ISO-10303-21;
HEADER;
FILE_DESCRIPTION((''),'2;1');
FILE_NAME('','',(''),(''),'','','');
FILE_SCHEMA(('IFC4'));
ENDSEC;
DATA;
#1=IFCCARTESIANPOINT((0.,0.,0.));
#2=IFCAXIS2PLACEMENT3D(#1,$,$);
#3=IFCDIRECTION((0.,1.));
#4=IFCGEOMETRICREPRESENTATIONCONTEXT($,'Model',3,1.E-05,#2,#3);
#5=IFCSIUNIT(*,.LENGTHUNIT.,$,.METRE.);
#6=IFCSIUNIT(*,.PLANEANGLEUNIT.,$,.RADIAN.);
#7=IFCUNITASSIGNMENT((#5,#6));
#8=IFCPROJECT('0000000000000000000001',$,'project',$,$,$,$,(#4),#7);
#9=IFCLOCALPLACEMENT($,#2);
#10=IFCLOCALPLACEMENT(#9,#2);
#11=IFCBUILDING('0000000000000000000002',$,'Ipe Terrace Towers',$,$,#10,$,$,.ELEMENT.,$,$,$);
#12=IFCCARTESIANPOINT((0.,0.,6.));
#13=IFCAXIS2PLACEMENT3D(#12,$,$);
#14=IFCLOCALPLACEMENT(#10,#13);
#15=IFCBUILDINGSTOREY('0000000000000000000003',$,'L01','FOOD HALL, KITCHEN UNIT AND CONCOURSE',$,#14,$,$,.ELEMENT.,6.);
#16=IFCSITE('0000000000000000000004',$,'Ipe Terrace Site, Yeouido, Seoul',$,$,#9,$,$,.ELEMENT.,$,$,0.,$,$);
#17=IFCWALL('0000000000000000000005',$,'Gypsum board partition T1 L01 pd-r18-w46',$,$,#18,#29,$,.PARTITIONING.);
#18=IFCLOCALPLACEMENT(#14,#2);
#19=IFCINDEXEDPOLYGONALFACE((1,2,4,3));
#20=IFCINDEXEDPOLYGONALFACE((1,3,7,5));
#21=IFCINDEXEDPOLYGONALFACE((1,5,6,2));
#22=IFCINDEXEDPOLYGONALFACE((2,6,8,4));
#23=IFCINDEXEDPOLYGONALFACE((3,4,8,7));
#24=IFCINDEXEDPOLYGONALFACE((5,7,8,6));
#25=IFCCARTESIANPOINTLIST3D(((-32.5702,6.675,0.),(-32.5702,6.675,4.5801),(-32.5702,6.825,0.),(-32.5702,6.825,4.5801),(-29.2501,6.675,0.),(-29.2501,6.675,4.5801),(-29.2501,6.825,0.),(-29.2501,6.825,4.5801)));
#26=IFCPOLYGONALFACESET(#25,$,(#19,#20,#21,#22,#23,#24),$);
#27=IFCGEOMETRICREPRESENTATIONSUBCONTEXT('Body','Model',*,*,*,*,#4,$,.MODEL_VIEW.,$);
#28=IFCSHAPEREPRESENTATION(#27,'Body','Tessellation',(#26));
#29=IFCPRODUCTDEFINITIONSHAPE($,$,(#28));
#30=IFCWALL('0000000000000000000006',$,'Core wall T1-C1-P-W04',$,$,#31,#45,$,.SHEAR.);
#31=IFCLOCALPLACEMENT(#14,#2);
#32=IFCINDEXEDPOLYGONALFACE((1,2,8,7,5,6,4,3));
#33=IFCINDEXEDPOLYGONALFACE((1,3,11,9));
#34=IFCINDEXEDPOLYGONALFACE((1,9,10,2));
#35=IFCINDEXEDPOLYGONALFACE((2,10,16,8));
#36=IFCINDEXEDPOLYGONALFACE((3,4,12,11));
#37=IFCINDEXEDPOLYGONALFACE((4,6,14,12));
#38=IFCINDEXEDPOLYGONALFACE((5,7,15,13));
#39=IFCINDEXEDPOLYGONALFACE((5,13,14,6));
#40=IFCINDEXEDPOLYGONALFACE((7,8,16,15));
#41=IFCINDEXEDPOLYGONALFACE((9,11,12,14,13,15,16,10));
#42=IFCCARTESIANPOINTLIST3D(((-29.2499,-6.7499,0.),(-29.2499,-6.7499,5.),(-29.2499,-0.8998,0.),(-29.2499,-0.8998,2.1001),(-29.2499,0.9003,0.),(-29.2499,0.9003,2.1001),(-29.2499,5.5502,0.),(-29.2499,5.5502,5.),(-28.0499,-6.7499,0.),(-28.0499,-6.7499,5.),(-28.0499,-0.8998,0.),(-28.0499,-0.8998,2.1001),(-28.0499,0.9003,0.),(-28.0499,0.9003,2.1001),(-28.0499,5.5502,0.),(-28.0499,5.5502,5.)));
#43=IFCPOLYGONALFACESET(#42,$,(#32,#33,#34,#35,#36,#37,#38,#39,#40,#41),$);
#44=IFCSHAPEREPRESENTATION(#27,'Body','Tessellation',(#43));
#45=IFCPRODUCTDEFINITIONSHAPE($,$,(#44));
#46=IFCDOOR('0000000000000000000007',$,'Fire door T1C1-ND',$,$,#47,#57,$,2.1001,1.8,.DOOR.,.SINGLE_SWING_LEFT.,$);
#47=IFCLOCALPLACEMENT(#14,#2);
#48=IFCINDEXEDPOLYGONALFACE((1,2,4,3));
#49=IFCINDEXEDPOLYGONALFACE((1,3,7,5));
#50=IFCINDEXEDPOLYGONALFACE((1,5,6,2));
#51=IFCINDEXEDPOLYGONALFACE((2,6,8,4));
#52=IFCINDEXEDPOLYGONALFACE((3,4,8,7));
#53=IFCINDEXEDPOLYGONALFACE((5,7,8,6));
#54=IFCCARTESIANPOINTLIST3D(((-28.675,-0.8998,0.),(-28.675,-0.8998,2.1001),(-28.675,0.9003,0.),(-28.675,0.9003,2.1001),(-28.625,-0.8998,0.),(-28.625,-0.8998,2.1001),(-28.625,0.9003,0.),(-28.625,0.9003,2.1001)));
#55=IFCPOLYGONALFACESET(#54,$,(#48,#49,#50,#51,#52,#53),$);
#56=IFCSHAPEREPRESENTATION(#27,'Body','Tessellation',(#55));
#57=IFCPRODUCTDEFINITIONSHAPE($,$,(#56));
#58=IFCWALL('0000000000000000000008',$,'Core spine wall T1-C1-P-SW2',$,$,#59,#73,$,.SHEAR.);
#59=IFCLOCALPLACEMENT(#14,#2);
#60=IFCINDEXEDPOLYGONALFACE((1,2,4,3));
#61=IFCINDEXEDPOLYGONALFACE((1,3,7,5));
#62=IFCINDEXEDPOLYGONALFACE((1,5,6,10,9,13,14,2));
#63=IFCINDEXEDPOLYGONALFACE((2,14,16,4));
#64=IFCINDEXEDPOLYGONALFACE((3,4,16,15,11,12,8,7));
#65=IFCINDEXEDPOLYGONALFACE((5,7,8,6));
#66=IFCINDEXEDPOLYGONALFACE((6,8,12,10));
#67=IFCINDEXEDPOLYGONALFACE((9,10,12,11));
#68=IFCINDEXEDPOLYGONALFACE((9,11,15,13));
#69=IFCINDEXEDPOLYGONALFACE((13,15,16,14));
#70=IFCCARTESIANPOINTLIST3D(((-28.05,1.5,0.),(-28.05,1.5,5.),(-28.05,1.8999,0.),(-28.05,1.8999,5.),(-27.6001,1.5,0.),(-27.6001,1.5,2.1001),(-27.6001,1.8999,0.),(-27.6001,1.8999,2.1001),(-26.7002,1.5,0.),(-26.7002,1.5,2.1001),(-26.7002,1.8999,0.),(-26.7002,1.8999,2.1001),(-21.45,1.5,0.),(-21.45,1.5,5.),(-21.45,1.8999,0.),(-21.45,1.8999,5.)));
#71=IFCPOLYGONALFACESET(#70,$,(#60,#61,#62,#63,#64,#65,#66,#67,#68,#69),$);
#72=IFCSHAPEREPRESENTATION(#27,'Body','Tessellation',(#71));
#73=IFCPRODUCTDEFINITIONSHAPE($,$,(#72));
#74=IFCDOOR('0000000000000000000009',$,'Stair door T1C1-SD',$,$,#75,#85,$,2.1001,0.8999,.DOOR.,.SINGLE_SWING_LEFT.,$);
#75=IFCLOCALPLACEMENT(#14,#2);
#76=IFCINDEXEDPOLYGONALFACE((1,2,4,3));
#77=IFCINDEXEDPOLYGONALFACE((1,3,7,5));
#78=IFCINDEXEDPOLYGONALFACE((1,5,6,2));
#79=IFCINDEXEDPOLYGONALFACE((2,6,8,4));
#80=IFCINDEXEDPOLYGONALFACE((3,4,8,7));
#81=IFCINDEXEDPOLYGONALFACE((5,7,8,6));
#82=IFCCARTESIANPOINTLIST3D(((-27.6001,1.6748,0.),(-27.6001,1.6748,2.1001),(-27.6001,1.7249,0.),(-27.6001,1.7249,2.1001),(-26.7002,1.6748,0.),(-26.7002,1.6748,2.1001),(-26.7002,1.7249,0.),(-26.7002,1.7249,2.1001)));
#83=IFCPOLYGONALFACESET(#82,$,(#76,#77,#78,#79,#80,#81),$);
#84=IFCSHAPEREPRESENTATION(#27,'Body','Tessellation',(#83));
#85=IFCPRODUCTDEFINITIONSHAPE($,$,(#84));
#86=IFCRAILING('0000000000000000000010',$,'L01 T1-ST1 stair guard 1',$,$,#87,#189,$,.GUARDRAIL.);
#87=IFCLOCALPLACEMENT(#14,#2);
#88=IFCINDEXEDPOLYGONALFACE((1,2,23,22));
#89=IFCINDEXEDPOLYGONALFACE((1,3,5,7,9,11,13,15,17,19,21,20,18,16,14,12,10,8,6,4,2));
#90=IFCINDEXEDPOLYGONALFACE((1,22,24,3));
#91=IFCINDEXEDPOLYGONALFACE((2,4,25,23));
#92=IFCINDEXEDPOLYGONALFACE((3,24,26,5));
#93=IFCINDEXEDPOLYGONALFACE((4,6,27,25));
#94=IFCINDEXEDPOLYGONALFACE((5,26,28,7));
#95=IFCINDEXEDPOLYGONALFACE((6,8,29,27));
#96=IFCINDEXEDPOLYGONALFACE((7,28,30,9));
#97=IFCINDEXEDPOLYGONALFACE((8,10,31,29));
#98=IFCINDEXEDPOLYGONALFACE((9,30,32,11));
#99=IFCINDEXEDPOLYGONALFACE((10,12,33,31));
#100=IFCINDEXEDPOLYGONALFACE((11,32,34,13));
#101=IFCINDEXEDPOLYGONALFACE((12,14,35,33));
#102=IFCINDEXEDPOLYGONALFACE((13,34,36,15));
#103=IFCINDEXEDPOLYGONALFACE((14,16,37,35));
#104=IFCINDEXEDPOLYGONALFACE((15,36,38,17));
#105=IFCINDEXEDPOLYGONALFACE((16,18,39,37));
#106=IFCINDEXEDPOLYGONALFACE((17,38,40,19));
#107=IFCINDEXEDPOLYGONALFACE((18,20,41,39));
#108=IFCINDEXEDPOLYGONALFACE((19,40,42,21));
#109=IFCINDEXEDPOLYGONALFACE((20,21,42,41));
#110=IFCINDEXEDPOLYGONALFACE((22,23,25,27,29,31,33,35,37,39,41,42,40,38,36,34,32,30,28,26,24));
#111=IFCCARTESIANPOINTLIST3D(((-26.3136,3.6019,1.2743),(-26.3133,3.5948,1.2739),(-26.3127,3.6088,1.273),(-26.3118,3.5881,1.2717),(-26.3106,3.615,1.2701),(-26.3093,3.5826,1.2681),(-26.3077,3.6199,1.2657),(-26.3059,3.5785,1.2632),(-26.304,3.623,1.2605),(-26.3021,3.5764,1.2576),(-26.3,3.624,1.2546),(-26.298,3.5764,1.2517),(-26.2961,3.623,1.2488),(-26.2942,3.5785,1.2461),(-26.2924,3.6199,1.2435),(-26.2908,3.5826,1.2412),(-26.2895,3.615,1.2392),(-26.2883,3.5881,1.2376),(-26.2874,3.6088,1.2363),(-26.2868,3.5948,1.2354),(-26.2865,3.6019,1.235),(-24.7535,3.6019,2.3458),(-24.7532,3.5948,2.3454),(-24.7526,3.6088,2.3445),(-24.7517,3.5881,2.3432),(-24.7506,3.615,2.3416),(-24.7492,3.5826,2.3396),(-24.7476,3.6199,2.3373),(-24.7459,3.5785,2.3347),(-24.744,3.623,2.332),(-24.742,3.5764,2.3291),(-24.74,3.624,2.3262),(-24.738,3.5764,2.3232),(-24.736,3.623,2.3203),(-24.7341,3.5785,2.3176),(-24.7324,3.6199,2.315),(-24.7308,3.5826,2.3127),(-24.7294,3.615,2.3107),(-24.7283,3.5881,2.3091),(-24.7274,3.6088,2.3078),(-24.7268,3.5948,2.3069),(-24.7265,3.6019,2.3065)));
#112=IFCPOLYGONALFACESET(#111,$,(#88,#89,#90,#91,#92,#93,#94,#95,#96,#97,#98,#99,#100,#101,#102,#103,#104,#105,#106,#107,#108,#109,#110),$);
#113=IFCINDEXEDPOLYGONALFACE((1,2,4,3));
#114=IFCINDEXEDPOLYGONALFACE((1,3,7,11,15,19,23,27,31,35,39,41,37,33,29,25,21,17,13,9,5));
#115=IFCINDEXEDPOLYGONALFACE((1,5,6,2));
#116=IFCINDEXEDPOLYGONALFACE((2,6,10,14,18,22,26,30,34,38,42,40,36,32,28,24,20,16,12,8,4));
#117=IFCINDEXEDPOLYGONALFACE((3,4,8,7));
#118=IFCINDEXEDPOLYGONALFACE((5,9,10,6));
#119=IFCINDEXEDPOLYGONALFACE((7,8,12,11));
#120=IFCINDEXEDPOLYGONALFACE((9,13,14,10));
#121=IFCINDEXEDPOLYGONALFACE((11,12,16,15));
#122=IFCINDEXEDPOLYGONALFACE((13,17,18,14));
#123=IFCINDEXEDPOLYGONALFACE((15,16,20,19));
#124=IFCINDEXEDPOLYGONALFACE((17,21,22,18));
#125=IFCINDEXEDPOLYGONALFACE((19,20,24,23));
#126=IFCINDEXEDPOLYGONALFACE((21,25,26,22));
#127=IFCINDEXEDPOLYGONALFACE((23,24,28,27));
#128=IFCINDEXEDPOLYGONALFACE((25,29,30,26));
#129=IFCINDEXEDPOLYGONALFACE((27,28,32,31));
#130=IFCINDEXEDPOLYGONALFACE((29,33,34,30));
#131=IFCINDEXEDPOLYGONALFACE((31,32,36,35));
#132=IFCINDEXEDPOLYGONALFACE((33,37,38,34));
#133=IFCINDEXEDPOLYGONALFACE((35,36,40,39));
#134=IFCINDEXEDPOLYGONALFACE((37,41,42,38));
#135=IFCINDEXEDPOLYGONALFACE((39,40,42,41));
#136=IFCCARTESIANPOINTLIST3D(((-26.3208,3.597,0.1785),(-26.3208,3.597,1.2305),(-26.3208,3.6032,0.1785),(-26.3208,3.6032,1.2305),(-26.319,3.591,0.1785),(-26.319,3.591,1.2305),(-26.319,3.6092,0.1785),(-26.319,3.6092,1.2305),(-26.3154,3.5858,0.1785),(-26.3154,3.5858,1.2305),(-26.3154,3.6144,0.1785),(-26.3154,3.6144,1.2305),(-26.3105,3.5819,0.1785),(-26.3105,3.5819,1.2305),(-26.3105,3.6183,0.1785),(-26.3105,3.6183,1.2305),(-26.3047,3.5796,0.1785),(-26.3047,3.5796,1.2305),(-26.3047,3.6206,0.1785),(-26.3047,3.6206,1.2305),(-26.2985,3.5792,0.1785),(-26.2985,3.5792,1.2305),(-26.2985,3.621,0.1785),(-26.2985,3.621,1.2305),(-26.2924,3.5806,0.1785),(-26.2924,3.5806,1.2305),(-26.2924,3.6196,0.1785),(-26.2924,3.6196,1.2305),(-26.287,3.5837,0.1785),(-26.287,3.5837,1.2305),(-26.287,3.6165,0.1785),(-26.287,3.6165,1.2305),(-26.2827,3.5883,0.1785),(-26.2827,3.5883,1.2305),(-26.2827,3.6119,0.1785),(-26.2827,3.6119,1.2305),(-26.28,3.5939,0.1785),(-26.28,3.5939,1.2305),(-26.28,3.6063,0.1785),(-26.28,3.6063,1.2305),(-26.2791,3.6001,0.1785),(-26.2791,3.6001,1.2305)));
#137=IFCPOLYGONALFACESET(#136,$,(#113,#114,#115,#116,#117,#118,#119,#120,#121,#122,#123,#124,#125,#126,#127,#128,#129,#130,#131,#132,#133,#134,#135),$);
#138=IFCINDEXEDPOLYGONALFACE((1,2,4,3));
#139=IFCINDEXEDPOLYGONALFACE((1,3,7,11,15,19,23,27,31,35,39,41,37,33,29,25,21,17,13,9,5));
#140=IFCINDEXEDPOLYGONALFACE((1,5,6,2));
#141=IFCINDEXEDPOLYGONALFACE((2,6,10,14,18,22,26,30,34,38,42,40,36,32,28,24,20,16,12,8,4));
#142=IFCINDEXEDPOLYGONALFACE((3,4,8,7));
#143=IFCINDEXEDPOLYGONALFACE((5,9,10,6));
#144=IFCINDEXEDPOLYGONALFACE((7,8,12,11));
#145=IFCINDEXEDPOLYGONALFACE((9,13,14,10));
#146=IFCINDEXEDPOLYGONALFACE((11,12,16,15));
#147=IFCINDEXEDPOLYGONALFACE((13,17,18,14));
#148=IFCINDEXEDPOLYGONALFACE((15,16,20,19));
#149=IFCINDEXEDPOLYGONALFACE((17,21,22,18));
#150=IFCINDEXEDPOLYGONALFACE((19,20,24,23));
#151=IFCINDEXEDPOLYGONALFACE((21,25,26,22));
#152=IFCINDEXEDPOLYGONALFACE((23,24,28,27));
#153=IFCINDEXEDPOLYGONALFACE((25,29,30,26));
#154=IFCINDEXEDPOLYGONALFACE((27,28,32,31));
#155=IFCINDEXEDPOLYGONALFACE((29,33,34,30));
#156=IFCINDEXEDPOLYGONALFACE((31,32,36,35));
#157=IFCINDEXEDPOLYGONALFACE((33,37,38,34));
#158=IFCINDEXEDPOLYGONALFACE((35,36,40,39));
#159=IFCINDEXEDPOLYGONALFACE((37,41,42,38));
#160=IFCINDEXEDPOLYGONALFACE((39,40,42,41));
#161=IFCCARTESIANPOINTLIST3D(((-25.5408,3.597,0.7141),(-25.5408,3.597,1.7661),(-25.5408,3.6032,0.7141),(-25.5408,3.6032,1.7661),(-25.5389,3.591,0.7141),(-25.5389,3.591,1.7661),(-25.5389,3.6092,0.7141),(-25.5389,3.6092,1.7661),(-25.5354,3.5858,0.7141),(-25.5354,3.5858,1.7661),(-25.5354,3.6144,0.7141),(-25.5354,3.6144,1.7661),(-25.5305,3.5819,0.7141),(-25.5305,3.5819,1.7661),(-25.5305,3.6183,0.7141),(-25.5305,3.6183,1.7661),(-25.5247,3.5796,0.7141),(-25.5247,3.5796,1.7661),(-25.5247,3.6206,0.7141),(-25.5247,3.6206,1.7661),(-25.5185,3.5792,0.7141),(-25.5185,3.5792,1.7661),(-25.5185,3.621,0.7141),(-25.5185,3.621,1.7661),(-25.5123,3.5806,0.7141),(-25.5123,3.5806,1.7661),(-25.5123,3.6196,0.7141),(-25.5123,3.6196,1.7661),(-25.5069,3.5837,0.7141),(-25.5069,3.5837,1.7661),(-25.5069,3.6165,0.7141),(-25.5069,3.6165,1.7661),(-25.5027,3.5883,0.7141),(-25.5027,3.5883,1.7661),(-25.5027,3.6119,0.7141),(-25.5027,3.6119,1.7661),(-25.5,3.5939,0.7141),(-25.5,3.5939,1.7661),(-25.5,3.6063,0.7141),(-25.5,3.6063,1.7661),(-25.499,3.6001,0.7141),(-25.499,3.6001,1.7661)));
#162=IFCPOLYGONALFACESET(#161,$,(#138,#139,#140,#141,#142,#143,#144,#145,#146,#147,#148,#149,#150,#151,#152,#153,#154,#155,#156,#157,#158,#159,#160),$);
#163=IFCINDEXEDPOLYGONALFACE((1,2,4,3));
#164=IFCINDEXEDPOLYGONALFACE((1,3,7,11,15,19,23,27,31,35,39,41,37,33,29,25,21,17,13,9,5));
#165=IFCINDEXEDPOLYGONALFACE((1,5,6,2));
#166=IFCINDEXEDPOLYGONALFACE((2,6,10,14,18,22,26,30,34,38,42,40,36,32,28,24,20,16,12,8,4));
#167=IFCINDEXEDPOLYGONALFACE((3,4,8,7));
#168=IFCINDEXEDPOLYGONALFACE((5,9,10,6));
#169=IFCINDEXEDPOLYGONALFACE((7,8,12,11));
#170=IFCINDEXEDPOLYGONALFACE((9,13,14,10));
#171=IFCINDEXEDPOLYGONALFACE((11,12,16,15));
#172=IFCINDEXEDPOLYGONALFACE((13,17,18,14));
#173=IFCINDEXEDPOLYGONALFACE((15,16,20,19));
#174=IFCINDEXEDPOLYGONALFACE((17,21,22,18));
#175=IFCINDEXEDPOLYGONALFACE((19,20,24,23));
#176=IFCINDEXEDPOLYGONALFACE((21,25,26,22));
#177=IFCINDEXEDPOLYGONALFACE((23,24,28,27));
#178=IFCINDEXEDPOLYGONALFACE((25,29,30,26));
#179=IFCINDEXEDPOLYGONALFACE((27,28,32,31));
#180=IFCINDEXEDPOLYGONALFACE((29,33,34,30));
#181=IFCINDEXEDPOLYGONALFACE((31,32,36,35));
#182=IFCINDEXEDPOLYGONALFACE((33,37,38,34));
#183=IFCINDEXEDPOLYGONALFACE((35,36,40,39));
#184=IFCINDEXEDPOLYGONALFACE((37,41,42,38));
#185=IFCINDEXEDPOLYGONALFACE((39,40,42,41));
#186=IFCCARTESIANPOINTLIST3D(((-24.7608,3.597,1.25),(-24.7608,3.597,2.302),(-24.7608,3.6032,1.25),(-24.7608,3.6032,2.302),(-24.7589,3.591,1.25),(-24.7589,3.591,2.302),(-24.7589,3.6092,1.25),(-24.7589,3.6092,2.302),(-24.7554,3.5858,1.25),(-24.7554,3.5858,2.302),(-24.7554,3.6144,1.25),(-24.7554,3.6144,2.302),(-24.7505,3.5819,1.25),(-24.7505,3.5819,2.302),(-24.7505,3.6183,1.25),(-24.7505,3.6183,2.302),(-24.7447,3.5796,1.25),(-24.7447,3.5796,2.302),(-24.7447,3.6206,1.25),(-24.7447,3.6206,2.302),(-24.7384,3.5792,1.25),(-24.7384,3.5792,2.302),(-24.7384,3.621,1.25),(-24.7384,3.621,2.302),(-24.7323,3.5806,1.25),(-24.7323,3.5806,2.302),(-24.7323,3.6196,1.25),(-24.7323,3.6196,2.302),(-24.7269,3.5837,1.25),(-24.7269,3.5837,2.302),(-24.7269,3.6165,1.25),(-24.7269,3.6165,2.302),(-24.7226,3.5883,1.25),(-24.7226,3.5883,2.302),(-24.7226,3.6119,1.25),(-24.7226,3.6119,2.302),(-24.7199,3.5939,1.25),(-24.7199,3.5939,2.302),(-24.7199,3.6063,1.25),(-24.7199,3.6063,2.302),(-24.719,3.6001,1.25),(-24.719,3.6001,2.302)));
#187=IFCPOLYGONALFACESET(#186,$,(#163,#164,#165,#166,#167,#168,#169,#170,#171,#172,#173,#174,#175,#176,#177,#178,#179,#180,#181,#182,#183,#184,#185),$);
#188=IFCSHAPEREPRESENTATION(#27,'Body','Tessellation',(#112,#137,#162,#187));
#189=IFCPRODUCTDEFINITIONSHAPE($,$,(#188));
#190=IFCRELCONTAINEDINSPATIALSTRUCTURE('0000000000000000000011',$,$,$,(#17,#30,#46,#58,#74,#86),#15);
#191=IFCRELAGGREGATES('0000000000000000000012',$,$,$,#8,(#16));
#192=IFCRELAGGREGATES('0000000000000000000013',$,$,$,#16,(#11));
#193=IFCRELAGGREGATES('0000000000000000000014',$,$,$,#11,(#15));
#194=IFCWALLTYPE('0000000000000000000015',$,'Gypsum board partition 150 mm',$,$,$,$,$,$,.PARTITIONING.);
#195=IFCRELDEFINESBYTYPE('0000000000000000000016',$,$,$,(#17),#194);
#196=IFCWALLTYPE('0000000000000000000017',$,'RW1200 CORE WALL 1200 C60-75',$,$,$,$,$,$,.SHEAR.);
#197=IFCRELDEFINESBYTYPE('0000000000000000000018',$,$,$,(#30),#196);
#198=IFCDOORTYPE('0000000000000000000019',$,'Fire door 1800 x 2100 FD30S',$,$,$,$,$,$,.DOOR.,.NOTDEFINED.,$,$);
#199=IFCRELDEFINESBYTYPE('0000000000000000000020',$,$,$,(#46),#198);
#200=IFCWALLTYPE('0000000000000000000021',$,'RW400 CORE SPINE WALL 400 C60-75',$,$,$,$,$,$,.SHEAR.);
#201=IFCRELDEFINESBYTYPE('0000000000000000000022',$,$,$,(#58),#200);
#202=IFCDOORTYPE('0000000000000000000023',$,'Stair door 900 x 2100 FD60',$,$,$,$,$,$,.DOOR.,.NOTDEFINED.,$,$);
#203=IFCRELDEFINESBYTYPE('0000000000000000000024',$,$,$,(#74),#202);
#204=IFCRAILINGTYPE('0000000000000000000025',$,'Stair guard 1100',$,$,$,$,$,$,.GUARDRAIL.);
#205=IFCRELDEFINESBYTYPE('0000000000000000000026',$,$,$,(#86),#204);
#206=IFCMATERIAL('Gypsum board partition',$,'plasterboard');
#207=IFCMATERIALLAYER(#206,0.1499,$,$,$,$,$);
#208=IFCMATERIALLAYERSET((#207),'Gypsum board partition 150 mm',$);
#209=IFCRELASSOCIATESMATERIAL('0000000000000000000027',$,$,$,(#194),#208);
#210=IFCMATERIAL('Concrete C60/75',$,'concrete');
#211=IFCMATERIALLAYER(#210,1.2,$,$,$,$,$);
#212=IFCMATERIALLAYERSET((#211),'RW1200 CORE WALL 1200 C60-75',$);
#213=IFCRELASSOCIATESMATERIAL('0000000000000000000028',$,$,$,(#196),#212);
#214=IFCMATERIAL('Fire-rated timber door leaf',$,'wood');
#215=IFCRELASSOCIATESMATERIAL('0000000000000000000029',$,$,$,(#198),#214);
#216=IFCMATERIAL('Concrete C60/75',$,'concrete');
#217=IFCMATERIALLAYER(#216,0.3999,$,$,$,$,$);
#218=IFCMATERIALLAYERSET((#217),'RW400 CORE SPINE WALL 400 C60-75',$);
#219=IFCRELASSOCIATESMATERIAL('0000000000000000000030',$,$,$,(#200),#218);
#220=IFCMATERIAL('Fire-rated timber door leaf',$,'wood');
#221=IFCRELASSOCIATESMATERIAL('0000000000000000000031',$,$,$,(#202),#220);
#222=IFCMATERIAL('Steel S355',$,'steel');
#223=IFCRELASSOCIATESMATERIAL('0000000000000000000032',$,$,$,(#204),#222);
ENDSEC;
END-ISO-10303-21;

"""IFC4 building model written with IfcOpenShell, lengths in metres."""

from ifc_helpers import new_model, si_unit, direction, frame, frame_2d, origin, origin_2d, place, context, subcontext, project, spatial, rectangle, circle, extrude, material, layer, layer_set, type_object, element, fill, save


model = new_model("IFC4")

# Units and contexts
model_context = context("Model", 3, precision=1e-05, world=origin(), true_north=direction((0.0, 1.0)))
body_context = subcontext(model_context, "Body", "Model", "MODEL_VIEW")
ifc_project = project(units=[si_unit("LENGTHUNIT", "METRE"), si_unit("PLANEANGLEUNIT", "RADIAN")], contexts=[model_context])

# Site, building, storey
site_placement = place(None, origin())
site = spatial("IfcSite", under=ifc_project, at=site_placement, Name="Ipe Terrace Site, Yeouido, Seoul", CompositionType="ELEMENT", RefElevation=0.0)
building_placement = place(site_placement, origin())
building = spatial("IfcBuilding", under=site, at=building_placement, Name="Ipe Terrace Towers", CompositionType="ELEMENT")
storey_placement = place(building_placement, frame((0.0, 0.0, 6.0)))
storey = spatial("IfcBuildingStorey", under=building, at=storey_placement, Name="L01", Description="FOOD HALL, KITCHEN UNIT AND CONCOURSE", CompositionType="ELEMENT", Elevation=6.0)

# Wall
ifc_material_1 = material(Name="Gypsum board partition", Category="plasterboard")
ifc_layer_1 = layer(ifc_material_1, 0.1499)
ifc_layer_set_1 = layer_set([ifc_layer_1], Name="Gypsum board partition 150 mm")
wall_type_1 = type_object("IfcWallType", Name="Gypsum board partition 150 mm", PredefinedType="PARTITIONING", material=ifc_layer_set_1)
wall_1_placement = place(storey_placement, frame((-29.25, 6.75, 0.0), z_axis=(0.0, 0.0, 1.0), x_axis=(-1.0, 0.0, 0.0)))
element("IfcWall", 1, at=wall_1_placement, inside=storey, type_object=wall_type_1, Name="Gypsum board partition T1 L01 pd-r18-w46", PredefinedType="PARTITIONING", context=body_context, shape_type="SweptSolid", body=[
    extrude(rectangle(XDim=3.3201, YDim=0.1499, at=frame_2d((1.6602, 0.0))), origin(), (0.0, 0.0, 1.0), 4.5801),
])

# Walls, openings, doors
ifc_material_2 = material(Name="Concrete C60/75", Category="concrete")
ifc_layer_2 = layer(ifc_material_2, 1.2)
ifc_layer_set_2 = layer_set([ifc_layer_2], Name="RW1200 CORE WALL 1200 C60-75")
wall_type_2 = type_object("IfcWallType", Name="RW1200 CORE WALL 1200 C60-75", PredefinedType="SHEAR", material=ifc_layer_set_2)
wall_2_placement = place(storey_placement, frame((-28.6499, 5.55, 0.0), z_axis=(0.0, 0.0, 1.0), x_axis=(0.0, -1.0, 0.0)))
wall_2 = element("IfcWall", 2, at=wall_2_placement, inside=storey, type_object=wall_type_2, Name="Core wall T1-C1-P-W04", PredefinedType="SHEAR", context=body_context, shape_type="SweptSolid", body=[
    extrude(rectangle(XDim=12.3, YDim=1.2, at=frame_2d((6.1499, 0.0))), origin(), (0.0, 0.0, 1.0), 5.0),
])
opening_1_placement = place(wall_2_placement, frame((4.6499, 0.0, 0.0)))
opening_1 = element("IfcOpeningElement", 3, at=opening_1_placement, cuts=wall_2, PredefinedType="OPENING", context=body_context, shape_type="SweptSolid", body=[
    extrude(rectangle(XDim=1.8, YDim=2.1001, at=frame_2d((0.8999, 1.05))), frame((0.0, 0.6099, 0.0), z_axis=(0.0, -1.0, 0.0), x_axis=(1.0, 0.0, 0.0)), (0.0, 0.0, 1.0), 1.22),
])
ifc_material_3 = material(Name="Fire-rated timber door leaf", Category="wood")
door_type_1 = type_object("IfcDoorType", Name="Fire door 1800 x 2100 FD30S", OperationType="NOTDEFINED", PredefinedType="DOOR", material=ifc_material_3)
door_1_placement = place(opening_1_placement, origin())
door_1 = element("IfcDoor", 4, at=door_1_placement, inside=storey, type_object=door_type_1, Name="Fire door T1C1-ND", OperationType="SINGLE_SWING_LEFT", OverallHeight=2.1001, OverallWidth=1.8, PredefinedType="DOOR", context=body_context, shape_type="SweptSolid", body=[
    extrude(rectangle(XDim=1.8, YDim=2.1001, at=frame_2d((0.8999, 1.05))), frame((0.0, 0.0249, 0.0), z_axis=(0.0, -1.0, 0.0), x_axis=(1.0, 0.0, 0.0)), (0.0, 0.0, 1.0), 0.05),
])
fill(opening_1, door_1)
ifc_material_4 = material(Name="Concrete C60/75", Category="concrete")
ifc_layer_3 = layer(ifc_material_4, 0.3999)
ifc_layer_set_3 = layer_set([ifc_layer_3], Name="RW400 CORE SPINE WALL 400 C60-75")
wall_type_3 = type_object("IfcWallType", Name="RW400 CORE SPINE WALL 400 C60-75", PredefinedType="SHEAR", material=ifc_layer_set_3)
wall_3_placement = place(storey_placement, frame((-28.05, 1.7, 0.0), z_axis=(0.0, 0.0, 1.0), x_axis=(1.0, 0.0, 0.0)))
wall_3 = element("IfcWall", 5, at=wall_3_placement, inside=storey, type_object=wall_type_3, Name="Core spine wall T1-C1-P-SW2", PredefinedType="SHEAR", context=body_context, shape_type="SweptSolid", body=[
    extrude(rectangle(XDim=6.6001, YDim=0.3999, at=frame_2d((3.3, 0.0))), origin(), (0.0, 0.0, 1.0), 5.0),
])
opening_2_placement = place(wall_3_placement, frame((0.45, 0.0, 0.0)))
opening_2 = element("IfcOpeningElement", 6, at=opening_2_placement, cuts=wall_3, PredefinedType="OPENING", context=body_context, shape_type="SweptSolid", body=[
    extrude(rectangle(XDim=0.8999, YDim=2.1001, at=frame_2d((0.45, 1.05))), frame((0.0, 0.21, 0.0), z_axis=(0.0, -1.0, 0.0), x_axis=(1.0, 0.0, 0.0)), (0.0, 0.0, 1.0), 0.4199),
])
ifc_material_5 = material(Name="Fire-rated timber door leaf", Category="wood")
door_type_2 = type_object("IfcDoorType", Name="Stair door 900 x 2100 FD60", OperationType="NOTDEFINED", PredefinedType="DOOR", material=ifc_material_5)
door_2_placement = place(opening_2_placement, origin())
door_2 = element("IfcDoor", 7, at=door_2_placement, inside=storey, type_object=door_type_2, Name="Stair door T1C1-SD", OperationType="SINGLE_SWING_LEFT", OverallHeight=2.1001, OverallWidth=0.8999, PredefinedType="DOOR", context=body_context, shape_type="SweptSolid", body=[
    extrude(rectangle(XDim=0.8999, YDim=2.1001, at=frame_2d((0.45, 1.05))), frame((0.0, 0.0249, 0.0), z_axis=(0.0, -1.0, 0.0), x_axis=(1.0, 0.0, 0.0)), (0.0, 0.0, 1.0), 0.05),
])
fill(opening_2, door_2)

# Railing
ifc_material_6 = material(Name="Steel S355", Category="steel")
railing_type_1 = type_object("IfcRailingType", Name="Stair guard 1100", PredefinedType="GUARDRAIL", material=ifc_material_6)
railing_1_placement = place(storey_placement, frame((-26.3, 3.6001, 0.1785)))
element("IfcRailing", 8, at=railing_1_placement, inside=storey, type_object=railing_type_1, Name="L01 T1-ST1 stair guard 1", PredefinedType="GUARDRAIL", context=body_context, shape_type="SweptSolid", body=[
    extrude(circle(Radius=0.0239, at=origin_2d()), frame((0.0, 0.0, 1.0762), z_axis=(0.82429, 0.0, 0.566167), x_axis=(0.0, 1.0, 0.0)), (0.0, 0.0, 1.0), 1.8926),
    extrude(circle(Radius=0.021, at=origin_2d()), origin(), (0.0, 0.0, 1.0), 1.052),
    extrude(circle(Radius=0.021, at=origin_2d()), frame((0.78, 0.0, 0.5356)), (0.0, 0.0, 1.0), 1.052),
    extrude(circle(Radius=0.021, at=origin_2d()), frame((1.5601, 0.0, 1.0715)), (0.0, 0.0, 1.0), 1.052),
])

save(model, "model.ifc")
